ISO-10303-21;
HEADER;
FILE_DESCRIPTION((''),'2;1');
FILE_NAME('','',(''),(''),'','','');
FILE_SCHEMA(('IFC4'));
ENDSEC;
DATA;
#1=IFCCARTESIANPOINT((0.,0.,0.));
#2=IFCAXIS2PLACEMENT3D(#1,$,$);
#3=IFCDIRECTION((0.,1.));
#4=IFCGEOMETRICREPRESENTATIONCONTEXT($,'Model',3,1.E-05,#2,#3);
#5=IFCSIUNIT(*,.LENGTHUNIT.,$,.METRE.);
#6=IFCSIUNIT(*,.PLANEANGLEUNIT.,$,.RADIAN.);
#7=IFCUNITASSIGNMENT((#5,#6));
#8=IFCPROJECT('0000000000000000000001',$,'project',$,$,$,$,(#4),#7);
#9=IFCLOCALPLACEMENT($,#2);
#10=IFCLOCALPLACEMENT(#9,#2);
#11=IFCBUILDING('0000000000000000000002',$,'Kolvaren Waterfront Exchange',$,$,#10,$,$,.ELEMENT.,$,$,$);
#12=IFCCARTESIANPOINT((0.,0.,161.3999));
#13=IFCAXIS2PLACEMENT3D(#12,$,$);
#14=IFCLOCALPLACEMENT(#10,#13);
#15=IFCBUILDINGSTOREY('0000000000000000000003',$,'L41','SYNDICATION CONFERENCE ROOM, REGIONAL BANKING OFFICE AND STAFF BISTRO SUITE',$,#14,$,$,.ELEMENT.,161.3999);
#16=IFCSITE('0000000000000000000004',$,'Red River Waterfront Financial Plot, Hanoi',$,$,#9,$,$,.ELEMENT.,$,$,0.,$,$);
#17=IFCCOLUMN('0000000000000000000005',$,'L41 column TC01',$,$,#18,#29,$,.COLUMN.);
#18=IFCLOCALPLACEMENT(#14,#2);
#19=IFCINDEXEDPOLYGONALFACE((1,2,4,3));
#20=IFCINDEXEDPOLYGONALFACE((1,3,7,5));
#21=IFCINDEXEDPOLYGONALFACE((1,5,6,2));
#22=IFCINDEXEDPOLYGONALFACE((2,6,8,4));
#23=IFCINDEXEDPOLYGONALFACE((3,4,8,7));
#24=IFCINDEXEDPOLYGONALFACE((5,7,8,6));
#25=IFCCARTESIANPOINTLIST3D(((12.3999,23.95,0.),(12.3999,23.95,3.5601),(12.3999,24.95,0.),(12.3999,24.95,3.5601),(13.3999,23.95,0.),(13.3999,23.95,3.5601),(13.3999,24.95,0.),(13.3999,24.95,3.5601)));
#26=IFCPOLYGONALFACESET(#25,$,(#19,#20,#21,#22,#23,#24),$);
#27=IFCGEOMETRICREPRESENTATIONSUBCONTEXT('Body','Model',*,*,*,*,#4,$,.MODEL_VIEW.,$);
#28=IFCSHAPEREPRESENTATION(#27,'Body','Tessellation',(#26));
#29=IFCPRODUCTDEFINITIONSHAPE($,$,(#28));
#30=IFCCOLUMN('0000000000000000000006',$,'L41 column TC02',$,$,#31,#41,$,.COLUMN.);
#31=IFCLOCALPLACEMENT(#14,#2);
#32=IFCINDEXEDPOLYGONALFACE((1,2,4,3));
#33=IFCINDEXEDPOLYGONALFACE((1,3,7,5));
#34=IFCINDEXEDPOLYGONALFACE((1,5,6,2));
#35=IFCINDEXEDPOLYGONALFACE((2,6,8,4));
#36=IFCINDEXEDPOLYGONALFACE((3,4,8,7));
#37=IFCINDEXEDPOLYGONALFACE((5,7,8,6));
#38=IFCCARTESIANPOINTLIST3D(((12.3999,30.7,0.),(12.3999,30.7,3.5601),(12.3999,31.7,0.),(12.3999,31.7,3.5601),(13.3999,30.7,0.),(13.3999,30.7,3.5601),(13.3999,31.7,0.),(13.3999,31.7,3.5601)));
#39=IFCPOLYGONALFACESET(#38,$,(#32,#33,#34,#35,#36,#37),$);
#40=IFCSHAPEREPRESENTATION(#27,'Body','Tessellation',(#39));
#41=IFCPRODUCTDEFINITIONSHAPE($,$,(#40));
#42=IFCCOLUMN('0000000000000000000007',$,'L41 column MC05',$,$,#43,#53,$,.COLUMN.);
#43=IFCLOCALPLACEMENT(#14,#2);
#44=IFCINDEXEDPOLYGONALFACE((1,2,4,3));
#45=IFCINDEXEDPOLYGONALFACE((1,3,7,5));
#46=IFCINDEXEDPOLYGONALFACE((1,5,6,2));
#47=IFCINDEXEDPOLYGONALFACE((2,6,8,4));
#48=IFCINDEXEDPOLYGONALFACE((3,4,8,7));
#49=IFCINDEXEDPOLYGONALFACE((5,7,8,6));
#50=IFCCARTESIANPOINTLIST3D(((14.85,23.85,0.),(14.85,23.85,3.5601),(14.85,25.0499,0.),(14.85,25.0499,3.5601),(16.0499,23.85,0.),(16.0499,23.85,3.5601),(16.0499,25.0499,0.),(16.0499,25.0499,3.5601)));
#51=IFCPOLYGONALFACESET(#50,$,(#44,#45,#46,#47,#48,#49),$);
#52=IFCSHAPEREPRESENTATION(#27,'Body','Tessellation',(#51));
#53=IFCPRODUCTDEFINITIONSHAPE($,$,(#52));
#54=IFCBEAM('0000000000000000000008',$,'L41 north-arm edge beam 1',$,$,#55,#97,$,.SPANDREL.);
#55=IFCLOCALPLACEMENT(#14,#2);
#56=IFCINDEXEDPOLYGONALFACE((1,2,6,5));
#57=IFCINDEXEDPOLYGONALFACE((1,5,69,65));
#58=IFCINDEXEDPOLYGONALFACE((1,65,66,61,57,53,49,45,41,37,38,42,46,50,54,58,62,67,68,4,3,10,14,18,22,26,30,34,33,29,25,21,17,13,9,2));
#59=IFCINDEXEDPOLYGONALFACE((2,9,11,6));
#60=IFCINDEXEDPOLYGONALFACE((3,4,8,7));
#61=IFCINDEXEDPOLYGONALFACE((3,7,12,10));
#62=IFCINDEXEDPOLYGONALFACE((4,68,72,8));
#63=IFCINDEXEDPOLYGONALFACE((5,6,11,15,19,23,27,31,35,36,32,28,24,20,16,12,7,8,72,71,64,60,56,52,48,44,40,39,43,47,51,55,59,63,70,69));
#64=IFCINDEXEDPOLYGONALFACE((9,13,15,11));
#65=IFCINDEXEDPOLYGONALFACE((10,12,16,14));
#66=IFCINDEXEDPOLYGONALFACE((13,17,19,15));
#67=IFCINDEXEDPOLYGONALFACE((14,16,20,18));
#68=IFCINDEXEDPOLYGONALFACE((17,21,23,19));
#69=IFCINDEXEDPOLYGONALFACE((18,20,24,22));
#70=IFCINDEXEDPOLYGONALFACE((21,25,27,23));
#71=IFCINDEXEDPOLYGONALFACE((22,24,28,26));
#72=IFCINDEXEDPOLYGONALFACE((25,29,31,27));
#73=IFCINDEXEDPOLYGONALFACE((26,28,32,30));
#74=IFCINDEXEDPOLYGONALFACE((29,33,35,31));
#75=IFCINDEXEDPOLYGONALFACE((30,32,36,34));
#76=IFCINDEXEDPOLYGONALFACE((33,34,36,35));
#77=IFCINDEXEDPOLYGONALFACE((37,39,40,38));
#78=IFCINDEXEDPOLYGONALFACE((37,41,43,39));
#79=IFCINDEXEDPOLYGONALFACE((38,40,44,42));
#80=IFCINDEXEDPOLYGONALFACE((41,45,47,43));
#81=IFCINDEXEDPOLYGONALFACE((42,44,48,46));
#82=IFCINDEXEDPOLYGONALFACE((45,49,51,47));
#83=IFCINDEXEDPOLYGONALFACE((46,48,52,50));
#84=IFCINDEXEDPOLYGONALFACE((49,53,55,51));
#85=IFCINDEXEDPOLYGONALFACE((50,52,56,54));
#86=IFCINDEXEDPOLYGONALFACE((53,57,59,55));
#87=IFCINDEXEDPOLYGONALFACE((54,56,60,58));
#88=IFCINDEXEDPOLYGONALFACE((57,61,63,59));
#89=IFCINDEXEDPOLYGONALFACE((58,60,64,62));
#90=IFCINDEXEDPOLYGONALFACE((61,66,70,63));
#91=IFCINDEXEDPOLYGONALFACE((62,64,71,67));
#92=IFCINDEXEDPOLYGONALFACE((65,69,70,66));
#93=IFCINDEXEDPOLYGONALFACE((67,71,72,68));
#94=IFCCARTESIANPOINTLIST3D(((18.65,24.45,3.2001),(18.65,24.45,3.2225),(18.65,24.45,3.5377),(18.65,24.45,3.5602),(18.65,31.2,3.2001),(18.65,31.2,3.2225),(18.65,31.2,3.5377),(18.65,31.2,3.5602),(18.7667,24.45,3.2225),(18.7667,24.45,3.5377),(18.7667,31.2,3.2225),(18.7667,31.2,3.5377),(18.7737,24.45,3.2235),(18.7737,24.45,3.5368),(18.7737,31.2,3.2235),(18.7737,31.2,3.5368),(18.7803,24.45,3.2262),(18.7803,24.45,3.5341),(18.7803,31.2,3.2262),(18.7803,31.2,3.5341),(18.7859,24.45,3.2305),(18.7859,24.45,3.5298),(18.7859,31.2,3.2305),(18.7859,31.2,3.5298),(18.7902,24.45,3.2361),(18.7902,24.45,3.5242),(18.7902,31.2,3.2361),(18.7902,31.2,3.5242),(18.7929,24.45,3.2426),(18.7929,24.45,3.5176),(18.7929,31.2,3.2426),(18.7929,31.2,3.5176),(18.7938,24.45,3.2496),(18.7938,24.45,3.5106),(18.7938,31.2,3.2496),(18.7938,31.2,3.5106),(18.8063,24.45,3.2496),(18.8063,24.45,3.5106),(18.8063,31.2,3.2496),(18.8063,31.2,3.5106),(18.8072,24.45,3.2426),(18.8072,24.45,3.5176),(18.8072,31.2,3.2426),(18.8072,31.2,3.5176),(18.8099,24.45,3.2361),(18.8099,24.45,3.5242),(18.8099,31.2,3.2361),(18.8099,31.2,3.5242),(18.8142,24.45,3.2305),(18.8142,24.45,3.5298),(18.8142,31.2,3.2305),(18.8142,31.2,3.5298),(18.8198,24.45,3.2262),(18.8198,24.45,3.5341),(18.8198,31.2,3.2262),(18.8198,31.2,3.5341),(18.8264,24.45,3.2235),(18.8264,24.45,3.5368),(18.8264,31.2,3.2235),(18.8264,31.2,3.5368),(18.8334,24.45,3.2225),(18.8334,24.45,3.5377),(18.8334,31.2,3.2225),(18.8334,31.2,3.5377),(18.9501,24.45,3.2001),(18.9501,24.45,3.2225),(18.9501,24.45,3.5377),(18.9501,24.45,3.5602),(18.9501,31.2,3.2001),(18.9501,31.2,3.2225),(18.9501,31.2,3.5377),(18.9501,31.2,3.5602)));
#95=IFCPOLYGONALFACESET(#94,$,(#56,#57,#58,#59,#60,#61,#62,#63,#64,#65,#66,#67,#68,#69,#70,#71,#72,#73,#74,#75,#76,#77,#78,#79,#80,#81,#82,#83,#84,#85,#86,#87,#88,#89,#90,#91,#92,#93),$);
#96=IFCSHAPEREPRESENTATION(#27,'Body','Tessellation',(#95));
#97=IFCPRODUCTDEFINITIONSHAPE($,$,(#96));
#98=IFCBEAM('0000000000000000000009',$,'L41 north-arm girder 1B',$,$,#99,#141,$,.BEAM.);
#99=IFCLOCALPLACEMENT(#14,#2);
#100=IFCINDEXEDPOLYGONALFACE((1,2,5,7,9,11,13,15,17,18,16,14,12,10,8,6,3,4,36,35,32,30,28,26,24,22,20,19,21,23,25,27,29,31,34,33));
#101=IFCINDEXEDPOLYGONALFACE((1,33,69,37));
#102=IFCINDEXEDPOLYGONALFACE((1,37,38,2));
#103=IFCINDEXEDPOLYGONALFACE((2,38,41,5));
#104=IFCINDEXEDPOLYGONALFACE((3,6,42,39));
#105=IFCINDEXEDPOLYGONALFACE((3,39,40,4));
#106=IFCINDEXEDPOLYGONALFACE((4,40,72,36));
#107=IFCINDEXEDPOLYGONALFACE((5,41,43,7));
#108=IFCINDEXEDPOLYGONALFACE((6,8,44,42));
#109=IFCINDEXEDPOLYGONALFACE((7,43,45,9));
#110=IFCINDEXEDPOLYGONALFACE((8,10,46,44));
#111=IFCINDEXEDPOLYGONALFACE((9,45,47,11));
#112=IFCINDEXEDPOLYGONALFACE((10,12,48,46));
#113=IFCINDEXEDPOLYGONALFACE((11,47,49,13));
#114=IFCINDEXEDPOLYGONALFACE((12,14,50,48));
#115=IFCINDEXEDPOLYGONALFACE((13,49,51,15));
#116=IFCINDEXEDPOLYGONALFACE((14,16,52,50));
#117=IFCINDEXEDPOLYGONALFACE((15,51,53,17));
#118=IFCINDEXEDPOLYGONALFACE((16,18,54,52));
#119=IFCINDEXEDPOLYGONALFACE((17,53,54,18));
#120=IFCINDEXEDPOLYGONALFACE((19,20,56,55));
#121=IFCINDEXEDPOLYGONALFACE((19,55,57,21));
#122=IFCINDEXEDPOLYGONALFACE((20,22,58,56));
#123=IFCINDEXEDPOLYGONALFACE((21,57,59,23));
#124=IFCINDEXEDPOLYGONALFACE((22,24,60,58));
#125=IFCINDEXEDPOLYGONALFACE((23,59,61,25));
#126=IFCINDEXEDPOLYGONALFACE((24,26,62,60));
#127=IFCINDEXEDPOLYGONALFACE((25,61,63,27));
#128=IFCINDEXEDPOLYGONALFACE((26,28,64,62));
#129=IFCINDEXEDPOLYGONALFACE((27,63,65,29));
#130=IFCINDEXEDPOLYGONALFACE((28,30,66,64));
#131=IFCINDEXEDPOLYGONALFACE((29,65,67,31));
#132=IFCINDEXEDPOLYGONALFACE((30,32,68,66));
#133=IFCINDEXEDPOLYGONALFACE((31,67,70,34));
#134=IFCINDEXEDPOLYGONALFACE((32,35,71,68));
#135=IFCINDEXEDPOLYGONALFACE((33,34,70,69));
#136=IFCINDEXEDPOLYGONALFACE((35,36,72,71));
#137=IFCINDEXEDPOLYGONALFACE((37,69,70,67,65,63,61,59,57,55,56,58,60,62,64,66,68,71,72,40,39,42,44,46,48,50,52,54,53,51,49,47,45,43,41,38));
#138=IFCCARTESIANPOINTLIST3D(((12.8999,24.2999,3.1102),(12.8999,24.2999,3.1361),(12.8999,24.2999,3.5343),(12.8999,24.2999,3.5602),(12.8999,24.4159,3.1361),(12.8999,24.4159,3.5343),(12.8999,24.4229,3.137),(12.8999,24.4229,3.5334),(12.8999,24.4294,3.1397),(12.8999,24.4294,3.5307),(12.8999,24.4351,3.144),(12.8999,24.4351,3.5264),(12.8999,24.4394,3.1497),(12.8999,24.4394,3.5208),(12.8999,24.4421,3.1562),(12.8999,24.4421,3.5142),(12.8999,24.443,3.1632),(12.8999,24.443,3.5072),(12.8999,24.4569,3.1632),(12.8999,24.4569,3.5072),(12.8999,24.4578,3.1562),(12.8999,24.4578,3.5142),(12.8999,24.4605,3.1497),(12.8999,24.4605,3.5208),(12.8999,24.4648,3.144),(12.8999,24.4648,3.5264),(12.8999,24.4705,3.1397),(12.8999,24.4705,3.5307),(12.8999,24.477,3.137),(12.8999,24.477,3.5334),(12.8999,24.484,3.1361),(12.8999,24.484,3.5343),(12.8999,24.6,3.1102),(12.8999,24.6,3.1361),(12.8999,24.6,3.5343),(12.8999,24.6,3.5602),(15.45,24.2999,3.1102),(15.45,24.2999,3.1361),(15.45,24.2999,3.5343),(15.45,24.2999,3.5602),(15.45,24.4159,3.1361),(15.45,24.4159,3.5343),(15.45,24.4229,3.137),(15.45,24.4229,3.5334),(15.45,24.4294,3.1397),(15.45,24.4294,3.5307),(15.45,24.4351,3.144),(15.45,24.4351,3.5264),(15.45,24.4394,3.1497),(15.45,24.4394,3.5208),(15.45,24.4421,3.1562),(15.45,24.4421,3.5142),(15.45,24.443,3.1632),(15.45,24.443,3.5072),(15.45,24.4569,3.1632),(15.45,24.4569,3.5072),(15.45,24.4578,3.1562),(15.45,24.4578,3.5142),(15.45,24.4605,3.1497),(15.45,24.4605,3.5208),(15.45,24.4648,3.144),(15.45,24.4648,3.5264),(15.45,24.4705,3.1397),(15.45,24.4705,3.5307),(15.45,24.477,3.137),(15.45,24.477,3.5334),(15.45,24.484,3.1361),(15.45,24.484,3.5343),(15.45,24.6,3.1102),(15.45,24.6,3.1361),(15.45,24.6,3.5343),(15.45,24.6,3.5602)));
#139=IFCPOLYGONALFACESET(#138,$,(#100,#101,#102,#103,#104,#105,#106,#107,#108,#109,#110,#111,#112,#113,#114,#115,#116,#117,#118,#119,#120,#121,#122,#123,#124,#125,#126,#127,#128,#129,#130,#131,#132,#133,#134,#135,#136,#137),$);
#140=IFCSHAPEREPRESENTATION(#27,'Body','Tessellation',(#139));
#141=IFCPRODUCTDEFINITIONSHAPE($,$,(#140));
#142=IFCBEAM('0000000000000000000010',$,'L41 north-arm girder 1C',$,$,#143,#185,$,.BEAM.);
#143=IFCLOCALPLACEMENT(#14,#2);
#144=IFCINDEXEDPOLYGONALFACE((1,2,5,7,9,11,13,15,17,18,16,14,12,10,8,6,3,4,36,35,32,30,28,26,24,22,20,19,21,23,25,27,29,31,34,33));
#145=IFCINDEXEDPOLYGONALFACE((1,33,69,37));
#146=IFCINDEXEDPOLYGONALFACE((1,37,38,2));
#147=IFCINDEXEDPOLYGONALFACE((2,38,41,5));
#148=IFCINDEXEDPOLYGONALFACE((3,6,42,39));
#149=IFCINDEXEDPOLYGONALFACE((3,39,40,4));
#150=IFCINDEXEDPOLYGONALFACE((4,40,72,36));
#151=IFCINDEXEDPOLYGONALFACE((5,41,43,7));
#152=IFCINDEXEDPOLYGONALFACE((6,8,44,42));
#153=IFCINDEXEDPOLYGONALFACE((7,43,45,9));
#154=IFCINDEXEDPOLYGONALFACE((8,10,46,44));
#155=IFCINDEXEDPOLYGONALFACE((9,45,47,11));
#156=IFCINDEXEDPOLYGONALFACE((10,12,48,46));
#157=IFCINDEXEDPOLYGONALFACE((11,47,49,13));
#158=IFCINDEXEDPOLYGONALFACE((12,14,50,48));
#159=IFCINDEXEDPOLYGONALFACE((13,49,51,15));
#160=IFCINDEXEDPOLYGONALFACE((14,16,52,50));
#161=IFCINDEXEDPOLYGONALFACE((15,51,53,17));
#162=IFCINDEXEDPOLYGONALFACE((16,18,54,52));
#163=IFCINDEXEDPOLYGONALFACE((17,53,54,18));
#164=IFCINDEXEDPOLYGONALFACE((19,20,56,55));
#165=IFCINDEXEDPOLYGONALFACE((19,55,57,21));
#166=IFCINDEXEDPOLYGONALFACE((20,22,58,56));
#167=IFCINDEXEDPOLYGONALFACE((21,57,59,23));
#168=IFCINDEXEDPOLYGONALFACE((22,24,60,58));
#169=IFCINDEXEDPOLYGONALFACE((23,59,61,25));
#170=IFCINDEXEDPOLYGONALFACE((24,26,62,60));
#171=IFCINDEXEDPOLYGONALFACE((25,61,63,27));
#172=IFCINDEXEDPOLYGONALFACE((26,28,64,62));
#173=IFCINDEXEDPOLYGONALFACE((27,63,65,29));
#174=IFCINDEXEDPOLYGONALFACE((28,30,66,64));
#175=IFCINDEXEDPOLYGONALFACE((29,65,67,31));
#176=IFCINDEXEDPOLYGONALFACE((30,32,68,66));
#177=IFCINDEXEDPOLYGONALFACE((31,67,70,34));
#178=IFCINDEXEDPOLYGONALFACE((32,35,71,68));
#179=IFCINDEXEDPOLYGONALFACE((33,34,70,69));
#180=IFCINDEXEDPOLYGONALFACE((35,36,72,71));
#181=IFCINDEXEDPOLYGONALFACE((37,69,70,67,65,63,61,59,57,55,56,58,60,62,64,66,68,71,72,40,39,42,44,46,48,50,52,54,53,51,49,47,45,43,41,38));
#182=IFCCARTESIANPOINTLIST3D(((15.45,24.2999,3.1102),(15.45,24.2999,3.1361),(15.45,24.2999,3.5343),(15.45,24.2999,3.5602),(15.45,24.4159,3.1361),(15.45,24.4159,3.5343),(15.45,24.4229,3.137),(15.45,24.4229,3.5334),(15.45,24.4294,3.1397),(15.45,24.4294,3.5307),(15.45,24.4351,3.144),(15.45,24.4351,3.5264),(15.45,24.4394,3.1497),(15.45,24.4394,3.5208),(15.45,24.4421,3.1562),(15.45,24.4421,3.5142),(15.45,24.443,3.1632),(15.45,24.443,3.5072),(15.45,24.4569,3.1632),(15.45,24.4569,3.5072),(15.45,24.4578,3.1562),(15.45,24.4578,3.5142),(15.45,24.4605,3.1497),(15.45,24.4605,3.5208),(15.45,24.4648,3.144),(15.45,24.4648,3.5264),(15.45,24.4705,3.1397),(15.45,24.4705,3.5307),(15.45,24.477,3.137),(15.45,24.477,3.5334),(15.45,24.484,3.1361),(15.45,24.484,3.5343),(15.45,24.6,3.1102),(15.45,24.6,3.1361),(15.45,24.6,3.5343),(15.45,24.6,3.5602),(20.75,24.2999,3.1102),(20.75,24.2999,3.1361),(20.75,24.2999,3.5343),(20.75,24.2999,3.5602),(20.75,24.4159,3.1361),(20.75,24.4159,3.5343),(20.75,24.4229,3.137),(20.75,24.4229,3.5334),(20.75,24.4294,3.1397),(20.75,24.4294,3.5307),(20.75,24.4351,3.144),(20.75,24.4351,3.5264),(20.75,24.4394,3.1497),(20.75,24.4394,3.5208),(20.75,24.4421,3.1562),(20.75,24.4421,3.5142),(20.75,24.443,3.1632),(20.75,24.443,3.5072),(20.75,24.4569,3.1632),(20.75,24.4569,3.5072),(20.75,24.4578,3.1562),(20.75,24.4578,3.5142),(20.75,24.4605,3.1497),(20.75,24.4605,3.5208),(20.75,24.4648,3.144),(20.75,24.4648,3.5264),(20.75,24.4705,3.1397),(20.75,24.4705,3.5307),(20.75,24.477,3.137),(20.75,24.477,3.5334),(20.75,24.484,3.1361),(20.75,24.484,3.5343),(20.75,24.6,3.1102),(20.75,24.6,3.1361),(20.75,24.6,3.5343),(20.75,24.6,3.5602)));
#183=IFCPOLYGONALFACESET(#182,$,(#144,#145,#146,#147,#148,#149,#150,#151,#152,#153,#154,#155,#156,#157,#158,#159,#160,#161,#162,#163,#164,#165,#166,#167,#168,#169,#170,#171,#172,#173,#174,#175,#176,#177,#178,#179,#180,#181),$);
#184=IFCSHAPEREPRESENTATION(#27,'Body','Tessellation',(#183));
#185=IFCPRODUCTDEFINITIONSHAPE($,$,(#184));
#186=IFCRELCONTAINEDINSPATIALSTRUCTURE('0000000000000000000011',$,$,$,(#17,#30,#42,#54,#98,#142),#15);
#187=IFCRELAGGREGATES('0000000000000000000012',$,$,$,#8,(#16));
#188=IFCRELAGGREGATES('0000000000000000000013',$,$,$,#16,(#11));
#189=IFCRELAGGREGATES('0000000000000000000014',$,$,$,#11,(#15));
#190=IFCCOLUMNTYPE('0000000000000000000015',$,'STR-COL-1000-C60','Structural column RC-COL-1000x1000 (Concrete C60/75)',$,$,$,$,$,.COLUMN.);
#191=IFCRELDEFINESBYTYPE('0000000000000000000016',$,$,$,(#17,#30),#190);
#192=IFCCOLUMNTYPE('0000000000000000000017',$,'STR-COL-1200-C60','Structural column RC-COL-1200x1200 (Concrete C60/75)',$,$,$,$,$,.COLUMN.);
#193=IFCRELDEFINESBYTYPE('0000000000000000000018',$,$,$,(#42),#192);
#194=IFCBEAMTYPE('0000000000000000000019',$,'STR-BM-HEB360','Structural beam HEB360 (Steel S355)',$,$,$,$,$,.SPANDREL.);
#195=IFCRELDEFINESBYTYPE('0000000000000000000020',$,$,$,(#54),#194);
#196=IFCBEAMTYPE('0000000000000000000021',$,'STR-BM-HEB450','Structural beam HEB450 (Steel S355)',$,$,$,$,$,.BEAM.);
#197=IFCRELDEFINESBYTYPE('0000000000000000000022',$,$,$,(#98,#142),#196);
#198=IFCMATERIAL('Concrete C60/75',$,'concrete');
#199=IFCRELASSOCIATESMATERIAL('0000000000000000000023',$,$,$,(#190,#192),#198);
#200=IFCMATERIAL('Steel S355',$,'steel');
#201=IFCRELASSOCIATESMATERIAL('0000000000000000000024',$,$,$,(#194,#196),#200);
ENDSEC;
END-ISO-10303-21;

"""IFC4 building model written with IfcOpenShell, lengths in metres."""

from ifc_helpers import new_model, si_unit, direction, frame, origin, origin_2d, place, context, subcontext, project, spatial, rectangle, i_section, extrude, material, material_profile, profile_set, type_object, element, save


model = new_model("IFC4")

# Units and contexts
model_context = context("Model", 3, precision=1e-05, world=origin(), true_north=direction((0.0, 1.0)))
body_context = subcontext(model_context, "Body", "Model", "MODEL_VIEW")
ifc_project = project(units=[si_unit("LENGTHUNIT", "METRE"), si_unit("PLANEANGLEUNIT", "RADIAN")], contexts=[model_context])

# Site, building, storey
site_placement = place(None, origin())
site = spatial("IfcSite", under=ifc_project, at=site_placement, Name="Red River Waterfront Financial Plot, Hanoi", CompositionType="ELEMENT", RefElevation=0.0)
building_placement = place(site_placement, origin())
building = spatial("IfcBuilding", under=site, at=building_placement, Name="Kolvaren Waterfront Exchange", CompositionType="ELEMENT")
storey_placement = place(building_placement, frame((0.0, 0.0, 161.3999)))
storey = spatial("IfcBuildingStorey", under=building, at=storey_placement, Name="L41", Description="SYNDICATION CONFERENCE ROOM, REGIONAL BANKING OFFICE AND STAFF BISTRO SUITE", CompositionType="ELEMENT", Elevation=161.3999)

# Columns
ifc_material_1 = material(Name="Concrete C60/75", Category="concrete")
ifc_material_profile_1 = material_profile(ifc_material_1, rectangle(XDim=1.0, YDim=1.0, at=origin_2d()), Name="RC-COL-1000x1000")
ifc_profile_set_1 = profile_set([ifc_material_profile_1], Name="Concrete C60/75")
column_type_1 = type_object("IfcColumnType", Name="STR-COL-1000-C60", Description="Structural column RC-COL-1000x1000 (Concrete C60/75)", PredefinedType="COLUMN", material=ifc_profile_set_1)
for number, where, z_axis, x_axis, name in (
    (1, (12.8999, 24.45, 0.0), (0.0, 0.0, 1.0), (1.0, 0.0, 0.0), "L41 column TC01"),
    (2, (12.8999, 31.2, 0.0), (0.0, 0.0, 1.0), (1.0, 0.0, 0.0), "L41 column TC02"),
):
    element("IfcColumn", number, at=place(storey_placement, frame(where, z_axis=z_axis, x_axis=x_axis)), inside=storey, type_object=column_type_1, Name=name, PredefinedType="COLUMN", context=body_context, shape_type="SweptSolid", body=[
        extrude(rectangle(XDim=1.0, YDim=1.0, at=origin_2d()), origin(), (0.0, 0.0, 1.0), 3.5601),
    ])
ifc_material_profile_2 = material_profile(ifc_material_1, rectangle(XDim=1.2, YDim=1.2, at=origin_2d()), Name="RC-COL-1200x1200")
ifc_profile_set_2 = profile_set([ifc_material_profile_2], Name="Concrete C60/75")
column_type_2 = type_object("IfcColumnType", Name="STR-COL-1200-C60", Description="Structural column RC-COL-1200x1200 (Concrete C60/75)", PredefinedType="COLUMN", material=ifc_profile_set_2)
column_placement = place(storey_placement, frame((15.45, 24.45, 0.0), z_axis=(0.0, 0.0, 1.0), x_axis=(1.0, 0.0, 0.0)))
element("IfcColumn", 3, at=column_placement, inside=storey, type_object=column_type_2, Name="L41 column MC05", PredefinedType="COLUMN", context=body_context, shape_type="SweptSolid", body=[
    extrude(rectangle(XDim=1.2, YDim=1.2, at=origin_2d()), origin(), (0.0, 0.0, 1.0), 3.5601),
])

# Beams
ifc_material_2 = material(Name="Steel S355", Category="steel")
ifc_material_profile_3 = material_profile(ifc_material_2, i_section(OverallWidth=0.3, OverallDepth=0.3601, WebThickness=0.0125, FlangeThickness=0.0225, FilletRadius=0.0271, at=origin_2d()), Name="HEB360")
ifc_profile_set_3 = profile_set([ifc_material_profile_3], Name="Steel S355")
beam_type_1 = type_object("IfcBeamType", Name="STR-BM-HEB360", Description="Structural beam HEB360 (Steel S355)", PredefinedType="SPANDREL", material=ifc_profile_set_3)
beam_1_placement = place(storey_placement, frame((18.8, 24.45, 3.3801), z_axis=(0.0, 1.0, 0.0), x_axis=(-1.0, 0.0, 0.0)))
element("IfcBeam", 4, at=beam_1_placement, inside=storey, type_object=beam_type_1, Name="L41 north-arm edge beam 1", PredefinedType="SPANDREL", context=body_context, shape_type="SweptSolid", body=[
    extrude(i_section(OverallWidth=0.3, OverallDepth=0.3601, WebThickness=0.0125, FlangeThickness=0.0225, FilletRadius=0.0271, at=origin_2d()), origin(), (0.0, 0.0, 1.0), 6.75),
])
ifc_material_profile_4 = material_profile(ifc_material_2, i_section(OverallWidth=0.3, OverallDepth=0.45, WebThickness=0.0139, FlangeThickness=0.0259, FilletRadius=0.0271, at=origin_2d()), Name="HEB450")
ifc_profile_set_4 = profile_set([ifc_material_profile_4], Name="Steel S355")
beam_type_2 = type_object("IfcBeamType", Name="STR-BM-HEB450", Description="Structural beam HEB450 (Steel S355)", PredefinedType="BEAM", material=ifc_profile_set_4)
beam_2_placement = place(storey_placement, frame((12.8999, 24.45, 3.3352), z_axis=(1.0, 0.0, 0.0), x_axis=(0.0, 1.0, 0.0)))
element("IfcBeam", 5, at=beam_2_placement, inside=storey, type_object=beam_type_2, Name="L41 north-arm girder 1B", PredefinedType="BEAM", context=body_context, shape_type="SweptSolid", body=[
    extrude(i_section(OverallWidth=0.3, OverallDepth=0.45, WebThickness=0.0139, FlangeThickness=0.0259, FilletRadius=0.0271, at=origin_2d()), origin(), (0.0, 0.0, 1.0), 2.55),
])
beam_3_placement = place(storey_placement, frame((15.45, 24.45, 3.3352), z_axis=(1.0, 0.0, 0.0), x_axis=(0.0, 1.0, 0.0)))
element("IfcBeam", 6, at=beam_3_placement, inside=storey, type_object=beam_type_2, Name="L41 north-arm girder 1C", PredefinedType="BEAM", context=body_context, shape_type="SweptSolid", body=[
    extrude(i_section(OverallWidth=0.3, OverallDepth=0.45, WebThickness=0.0139, FlangeThickness=0.0259, FilletRadius=0.0271, at=origin_2d()), origin(), (0.0, 0.0, 1.0), 5.3),
])

save(model, "model.ifc")
